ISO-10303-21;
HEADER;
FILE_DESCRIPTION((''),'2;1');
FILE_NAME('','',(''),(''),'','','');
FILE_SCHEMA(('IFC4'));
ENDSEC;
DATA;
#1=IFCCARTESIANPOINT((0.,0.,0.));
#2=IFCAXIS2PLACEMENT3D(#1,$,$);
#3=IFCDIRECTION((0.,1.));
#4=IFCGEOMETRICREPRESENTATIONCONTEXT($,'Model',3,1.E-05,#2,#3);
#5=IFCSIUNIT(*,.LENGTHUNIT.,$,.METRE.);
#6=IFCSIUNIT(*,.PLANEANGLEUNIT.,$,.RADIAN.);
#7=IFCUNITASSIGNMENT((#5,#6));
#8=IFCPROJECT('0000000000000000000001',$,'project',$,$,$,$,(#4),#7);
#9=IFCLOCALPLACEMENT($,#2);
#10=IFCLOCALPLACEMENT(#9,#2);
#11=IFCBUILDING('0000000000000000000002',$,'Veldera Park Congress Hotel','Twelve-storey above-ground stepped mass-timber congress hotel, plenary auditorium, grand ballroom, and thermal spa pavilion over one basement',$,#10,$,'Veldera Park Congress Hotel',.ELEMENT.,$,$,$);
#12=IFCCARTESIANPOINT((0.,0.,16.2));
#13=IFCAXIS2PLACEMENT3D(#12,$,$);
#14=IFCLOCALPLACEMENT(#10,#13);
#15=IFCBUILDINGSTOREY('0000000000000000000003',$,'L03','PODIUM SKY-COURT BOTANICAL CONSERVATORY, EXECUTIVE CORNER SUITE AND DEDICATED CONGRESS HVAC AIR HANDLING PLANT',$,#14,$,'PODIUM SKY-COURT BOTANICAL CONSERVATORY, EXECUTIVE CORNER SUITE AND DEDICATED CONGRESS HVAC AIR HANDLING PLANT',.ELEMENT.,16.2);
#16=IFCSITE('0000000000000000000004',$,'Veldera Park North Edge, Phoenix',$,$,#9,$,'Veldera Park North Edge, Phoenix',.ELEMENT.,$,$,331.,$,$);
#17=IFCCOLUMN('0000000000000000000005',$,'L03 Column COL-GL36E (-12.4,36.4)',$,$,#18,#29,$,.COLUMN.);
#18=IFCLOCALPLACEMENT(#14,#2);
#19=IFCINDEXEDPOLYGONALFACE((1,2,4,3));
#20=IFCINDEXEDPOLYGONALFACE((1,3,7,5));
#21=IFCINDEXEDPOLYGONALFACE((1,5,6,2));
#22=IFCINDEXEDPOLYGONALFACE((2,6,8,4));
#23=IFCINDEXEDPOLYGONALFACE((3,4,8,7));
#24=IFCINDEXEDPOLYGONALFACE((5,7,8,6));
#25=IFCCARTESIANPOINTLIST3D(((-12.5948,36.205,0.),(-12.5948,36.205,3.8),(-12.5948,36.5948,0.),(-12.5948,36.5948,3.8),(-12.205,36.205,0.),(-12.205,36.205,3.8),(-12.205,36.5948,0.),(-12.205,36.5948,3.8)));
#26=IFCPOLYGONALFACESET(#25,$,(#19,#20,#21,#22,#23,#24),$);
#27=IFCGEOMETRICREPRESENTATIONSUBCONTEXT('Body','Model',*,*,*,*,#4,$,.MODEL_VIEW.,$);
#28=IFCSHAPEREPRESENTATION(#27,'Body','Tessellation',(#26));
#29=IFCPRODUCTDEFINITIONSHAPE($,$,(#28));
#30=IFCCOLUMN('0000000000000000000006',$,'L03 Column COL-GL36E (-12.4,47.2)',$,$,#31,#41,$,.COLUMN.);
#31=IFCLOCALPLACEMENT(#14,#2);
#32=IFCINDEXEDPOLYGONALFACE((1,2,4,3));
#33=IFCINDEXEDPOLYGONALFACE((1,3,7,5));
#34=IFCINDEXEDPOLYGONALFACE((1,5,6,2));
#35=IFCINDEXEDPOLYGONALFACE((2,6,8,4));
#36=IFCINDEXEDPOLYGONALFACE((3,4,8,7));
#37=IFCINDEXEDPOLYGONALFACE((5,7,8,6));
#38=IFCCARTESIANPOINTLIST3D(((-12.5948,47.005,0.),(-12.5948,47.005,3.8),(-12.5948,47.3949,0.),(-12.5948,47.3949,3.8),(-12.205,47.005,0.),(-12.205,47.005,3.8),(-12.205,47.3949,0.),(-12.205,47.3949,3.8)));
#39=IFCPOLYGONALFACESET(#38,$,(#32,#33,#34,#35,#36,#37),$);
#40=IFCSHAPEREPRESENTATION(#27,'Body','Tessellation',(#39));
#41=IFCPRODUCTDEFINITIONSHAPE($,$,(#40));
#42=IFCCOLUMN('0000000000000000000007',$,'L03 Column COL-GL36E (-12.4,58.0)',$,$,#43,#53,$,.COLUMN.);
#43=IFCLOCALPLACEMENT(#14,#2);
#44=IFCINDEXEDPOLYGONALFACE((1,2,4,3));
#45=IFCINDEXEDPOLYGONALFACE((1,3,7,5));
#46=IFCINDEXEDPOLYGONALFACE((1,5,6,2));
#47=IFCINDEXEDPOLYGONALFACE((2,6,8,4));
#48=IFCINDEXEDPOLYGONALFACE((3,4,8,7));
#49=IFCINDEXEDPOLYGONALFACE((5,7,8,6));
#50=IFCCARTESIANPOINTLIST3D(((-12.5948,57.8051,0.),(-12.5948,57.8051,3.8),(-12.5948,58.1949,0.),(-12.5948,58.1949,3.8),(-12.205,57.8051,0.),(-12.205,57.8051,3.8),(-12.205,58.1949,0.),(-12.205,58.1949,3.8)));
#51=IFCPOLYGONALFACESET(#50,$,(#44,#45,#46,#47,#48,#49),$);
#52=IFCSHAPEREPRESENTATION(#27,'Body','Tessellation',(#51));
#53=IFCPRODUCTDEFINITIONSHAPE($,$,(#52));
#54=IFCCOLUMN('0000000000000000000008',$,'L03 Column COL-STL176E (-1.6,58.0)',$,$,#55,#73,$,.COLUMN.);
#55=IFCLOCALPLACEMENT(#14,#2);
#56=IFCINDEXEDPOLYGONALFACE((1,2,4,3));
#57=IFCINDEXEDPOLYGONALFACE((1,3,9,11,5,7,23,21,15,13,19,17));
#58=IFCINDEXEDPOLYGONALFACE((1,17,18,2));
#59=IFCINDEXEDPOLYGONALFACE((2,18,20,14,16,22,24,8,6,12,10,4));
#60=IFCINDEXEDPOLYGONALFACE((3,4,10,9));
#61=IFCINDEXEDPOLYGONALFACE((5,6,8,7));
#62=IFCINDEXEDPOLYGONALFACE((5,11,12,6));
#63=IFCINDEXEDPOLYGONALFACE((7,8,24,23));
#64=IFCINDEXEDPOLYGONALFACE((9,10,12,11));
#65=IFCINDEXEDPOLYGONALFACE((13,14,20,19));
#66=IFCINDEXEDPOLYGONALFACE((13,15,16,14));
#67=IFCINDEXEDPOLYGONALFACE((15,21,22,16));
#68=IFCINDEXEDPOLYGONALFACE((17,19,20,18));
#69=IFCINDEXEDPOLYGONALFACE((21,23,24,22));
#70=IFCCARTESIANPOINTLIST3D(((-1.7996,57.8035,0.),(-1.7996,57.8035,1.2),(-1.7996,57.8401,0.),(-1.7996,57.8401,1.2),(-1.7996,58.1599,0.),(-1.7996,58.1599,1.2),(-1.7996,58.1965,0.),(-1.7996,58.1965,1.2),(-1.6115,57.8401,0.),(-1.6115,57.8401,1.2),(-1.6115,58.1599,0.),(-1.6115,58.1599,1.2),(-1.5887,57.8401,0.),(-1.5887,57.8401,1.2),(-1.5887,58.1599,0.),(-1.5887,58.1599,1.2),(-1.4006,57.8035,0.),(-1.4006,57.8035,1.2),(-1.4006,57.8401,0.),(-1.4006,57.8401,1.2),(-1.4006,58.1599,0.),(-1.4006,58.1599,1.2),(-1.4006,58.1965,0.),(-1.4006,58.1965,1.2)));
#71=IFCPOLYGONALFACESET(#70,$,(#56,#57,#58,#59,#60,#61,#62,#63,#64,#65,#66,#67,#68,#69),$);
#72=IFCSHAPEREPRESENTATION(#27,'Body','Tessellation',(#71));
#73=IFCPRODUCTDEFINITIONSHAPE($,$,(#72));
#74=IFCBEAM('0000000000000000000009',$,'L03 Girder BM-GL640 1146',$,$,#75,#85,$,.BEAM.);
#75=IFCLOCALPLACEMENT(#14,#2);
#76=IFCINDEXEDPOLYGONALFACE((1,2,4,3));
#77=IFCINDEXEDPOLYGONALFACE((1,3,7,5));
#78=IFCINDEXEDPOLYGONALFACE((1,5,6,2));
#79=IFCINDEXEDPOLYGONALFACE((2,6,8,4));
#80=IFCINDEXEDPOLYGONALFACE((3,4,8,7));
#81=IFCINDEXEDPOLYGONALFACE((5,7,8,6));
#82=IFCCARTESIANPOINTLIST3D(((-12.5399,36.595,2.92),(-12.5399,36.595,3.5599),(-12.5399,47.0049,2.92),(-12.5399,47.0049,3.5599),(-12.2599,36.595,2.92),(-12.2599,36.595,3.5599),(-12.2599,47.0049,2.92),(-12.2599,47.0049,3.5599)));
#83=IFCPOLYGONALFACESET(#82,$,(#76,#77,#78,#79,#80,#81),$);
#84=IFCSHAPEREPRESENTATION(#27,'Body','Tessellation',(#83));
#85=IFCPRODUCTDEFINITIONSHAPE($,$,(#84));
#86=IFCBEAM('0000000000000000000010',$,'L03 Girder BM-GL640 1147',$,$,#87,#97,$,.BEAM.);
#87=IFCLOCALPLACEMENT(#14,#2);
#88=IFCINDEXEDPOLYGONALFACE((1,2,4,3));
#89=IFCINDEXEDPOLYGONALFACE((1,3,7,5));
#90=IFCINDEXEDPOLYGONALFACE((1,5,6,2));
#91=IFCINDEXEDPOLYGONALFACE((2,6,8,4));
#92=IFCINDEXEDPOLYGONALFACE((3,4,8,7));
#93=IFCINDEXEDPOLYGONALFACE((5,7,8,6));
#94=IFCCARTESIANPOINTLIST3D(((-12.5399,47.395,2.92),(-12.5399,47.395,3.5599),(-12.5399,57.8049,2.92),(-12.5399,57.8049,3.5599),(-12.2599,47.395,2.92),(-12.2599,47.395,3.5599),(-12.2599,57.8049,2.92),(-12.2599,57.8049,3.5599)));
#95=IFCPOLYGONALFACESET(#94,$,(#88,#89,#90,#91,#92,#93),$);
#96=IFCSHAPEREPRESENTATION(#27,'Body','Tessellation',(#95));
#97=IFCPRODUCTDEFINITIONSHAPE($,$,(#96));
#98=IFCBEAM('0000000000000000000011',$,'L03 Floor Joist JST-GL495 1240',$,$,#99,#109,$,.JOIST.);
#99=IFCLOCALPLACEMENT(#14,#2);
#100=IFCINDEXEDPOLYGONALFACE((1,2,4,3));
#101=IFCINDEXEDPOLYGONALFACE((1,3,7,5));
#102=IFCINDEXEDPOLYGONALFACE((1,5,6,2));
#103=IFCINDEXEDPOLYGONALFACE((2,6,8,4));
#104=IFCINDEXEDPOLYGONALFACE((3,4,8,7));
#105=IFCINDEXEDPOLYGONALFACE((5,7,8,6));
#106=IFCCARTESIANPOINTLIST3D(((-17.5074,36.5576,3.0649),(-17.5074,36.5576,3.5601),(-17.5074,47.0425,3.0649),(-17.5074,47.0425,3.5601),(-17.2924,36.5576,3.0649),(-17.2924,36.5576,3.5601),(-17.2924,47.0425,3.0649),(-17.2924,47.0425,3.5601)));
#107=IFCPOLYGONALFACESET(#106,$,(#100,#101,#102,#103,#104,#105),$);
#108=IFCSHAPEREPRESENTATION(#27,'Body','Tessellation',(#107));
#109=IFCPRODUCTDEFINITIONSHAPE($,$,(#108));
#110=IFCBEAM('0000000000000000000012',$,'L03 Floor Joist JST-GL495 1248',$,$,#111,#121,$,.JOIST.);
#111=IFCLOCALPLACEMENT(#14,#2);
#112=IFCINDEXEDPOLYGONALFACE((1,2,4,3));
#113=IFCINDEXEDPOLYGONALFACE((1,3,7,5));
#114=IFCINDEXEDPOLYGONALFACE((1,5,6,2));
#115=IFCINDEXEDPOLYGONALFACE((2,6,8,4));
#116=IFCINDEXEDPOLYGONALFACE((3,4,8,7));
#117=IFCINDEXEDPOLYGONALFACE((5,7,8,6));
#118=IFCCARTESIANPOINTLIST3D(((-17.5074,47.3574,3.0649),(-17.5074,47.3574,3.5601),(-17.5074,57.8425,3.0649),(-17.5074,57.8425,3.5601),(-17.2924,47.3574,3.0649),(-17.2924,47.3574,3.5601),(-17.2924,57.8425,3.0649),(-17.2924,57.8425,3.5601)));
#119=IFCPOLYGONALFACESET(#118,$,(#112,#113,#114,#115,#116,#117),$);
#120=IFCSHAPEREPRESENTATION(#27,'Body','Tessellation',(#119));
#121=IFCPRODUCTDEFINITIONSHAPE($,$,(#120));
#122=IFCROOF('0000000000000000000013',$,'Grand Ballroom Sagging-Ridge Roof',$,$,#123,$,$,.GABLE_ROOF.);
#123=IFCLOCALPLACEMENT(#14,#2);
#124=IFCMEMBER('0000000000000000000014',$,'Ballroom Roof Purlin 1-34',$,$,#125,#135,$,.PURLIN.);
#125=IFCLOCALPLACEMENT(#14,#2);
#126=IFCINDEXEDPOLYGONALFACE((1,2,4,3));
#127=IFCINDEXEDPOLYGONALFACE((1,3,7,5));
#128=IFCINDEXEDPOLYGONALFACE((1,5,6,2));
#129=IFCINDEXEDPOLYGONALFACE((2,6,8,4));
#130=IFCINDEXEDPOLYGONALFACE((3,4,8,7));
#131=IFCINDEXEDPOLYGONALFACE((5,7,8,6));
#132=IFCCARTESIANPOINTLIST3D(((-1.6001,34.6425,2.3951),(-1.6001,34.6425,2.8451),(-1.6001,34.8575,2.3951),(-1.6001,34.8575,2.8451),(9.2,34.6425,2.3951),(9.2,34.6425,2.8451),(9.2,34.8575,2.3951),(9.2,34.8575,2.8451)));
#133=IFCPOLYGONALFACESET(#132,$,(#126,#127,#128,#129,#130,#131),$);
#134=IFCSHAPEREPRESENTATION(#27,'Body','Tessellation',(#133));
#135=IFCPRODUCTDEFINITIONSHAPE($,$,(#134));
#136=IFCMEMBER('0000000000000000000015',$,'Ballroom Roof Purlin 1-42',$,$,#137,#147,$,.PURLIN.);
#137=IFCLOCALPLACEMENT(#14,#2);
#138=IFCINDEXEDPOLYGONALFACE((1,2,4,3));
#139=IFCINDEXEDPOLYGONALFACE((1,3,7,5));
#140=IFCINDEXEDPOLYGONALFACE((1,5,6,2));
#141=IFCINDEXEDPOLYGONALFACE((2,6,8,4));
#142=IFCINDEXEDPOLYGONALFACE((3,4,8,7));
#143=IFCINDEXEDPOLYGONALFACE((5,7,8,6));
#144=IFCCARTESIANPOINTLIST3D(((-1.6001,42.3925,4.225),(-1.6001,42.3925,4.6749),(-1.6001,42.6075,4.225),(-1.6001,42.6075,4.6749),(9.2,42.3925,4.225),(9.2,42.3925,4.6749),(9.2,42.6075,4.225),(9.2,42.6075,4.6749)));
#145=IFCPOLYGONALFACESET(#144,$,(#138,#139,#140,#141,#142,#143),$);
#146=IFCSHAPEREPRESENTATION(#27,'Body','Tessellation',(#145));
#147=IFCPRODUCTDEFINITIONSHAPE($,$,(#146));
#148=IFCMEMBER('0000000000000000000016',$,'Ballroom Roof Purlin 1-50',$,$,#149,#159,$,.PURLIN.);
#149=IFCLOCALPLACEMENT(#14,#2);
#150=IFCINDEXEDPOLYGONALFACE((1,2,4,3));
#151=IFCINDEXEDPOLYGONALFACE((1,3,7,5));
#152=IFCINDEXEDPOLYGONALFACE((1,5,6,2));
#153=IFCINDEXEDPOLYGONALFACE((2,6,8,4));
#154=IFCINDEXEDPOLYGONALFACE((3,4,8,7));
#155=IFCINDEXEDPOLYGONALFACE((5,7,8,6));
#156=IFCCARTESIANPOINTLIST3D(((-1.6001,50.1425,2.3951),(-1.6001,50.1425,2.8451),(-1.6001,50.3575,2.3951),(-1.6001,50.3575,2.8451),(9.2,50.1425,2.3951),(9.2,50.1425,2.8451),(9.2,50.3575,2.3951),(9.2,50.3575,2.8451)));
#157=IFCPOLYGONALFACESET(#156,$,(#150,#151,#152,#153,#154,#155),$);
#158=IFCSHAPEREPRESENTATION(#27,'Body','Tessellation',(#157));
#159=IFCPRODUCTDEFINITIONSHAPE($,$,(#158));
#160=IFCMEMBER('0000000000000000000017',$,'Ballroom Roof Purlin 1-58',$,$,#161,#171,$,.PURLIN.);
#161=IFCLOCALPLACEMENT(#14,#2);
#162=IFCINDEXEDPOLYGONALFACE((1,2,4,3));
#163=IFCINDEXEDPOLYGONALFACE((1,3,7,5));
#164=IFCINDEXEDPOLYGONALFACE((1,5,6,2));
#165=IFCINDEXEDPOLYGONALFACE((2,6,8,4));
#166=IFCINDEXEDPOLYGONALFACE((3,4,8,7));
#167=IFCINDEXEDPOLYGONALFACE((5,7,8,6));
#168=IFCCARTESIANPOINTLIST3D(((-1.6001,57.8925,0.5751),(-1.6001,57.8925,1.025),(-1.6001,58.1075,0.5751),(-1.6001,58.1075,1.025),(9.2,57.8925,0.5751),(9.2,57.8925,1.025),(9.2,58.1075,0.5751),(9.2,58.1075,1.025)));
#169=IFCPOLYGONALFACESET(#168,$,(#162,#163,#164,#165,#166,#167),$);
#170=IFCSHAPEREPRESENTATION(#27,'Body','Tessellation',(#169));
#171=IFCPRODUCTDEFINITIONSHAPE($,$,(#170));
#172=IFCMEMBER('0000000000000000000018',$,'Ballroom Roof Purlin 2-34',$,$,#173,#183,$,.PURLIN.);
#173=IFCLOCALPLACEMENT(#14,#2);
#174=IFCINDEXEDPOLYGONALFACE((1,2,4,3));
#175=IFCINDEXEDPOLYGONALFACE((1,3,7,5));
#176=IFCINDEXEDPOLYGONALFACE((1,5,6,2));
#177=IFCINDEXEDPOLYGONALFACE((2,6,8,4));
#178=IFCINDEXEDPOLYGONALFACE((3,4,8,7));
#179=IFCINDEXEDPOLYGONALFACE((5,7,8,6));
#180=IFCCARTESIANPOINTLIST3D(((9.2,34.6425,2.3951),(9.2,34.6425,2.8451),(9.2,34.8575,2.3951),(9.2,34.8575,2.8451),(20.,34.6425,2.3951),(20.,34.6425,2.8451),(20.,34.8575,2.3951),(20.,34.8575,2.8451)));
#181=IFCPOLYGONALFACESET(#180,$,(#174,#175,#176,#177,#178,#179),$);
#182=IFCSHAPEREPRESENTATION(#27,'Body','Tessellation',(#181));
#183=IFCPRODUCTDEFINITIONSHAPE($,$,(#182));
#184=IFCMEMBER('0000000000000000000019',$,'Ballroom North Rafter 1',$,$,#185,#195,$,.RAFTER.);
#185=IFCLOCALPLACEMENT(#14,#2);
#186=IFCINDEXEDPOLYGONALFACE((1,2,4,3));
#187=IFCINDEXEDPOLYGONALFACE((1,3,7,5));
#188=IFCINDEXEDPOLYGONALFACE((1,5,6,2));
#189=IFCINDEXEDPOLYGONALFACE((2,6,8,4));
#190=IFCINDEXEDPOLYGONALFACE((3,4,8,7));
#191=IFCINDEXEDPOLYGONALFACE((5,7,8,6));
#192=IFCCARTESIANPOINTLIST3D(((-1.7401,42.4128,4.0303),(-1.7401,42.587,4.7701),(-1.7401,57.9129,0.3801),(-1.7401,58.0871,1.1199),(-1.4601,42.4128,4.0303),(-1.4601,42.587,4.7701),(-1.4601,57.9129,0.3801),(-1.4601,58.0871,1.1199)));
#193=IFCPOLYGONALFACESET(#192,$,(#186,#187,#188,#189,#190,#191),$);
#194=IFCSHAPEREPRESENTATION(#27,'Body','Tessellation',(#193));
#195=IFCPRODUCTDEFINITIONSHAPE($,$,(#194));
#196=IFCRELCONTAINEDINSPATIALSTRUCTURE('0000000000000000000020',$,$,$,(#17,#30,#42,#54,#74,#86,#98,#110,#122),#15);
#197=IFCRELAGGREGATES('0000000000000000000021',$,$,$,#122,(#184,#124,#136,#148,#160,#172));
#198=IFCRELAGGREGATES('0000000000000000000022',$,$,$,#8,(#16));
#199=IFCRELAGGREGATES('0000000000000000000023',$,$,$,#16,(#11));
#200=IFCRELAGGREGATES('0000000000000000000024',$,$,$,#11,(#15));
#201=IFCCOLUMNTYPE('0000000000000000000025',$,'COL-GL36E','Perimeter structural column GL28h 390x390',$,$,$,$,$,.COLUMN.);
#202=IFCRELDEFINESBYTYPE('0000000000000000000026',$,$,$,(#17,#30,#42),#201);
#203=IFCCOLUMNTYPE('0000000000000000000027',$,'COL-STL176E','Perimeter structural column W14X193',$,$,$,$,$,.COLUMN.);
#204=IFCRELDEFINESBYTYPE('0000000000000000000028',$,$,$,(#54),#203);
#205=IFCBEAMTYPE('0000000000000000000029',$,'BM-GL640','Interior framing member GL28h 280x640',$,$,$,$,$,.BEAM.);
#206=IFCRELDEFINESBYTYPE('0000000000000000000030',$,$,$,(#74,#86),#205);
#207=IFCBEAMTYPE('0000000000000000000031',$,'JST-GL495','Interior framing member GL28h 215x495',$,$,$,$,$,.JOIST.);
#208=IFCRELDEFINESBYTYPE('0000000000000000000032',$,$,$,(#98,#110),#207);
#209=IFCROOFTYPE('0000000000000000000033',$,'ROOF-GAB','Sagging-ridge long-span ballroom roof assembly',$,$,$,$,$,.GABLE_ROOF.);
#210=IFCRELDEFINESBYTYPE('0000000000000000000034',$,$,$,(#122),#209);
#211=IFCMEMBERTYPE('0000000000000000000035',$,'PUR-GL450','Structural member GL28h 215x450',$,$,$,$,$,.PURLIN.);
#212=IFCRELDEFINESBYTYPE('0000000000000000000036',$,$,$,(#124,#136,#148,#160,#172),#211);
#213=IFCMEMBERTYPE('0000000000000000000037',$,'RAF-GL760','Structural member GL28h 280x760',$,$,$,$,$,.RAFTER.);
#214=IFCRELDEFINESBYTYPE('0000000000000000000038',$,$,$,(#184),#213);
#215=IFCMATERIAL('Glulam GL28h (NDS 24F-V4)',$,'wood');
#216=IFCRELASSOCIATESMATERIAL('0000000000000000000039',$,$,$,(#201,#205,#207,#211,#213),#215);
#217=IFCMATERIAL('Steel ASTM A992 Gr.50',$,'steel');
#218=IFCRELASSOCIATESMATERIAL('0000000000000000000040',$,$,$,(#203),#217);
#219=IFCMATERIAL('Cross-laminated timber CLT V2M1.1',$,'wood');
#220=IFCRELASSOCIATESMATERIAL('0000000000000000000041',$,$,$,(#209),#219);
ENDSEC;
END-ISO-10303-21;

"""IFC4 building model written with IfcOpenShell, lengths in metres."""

from ifc_helpers import new_model, si_unit, direction, frame, origin, origin_2d, place, context, subcontext, project, spatial, rectangle, i_section, extrude, material, material_profile, profile_set, type_object, element, aggregate, save


model = new_model("IFC4")

# Units and contexts
model_context = context("Model", 3, precision=1e-05, world=origin(), true_north=direction((0.0, 1.0)))
body_context = subcontext(model_context, "Body", "Model", "MODEL_VIEW")
ifc_project = project(units=[si_unit("LENGTHUNIT", "METRE"), si_unit("PLANEANGLEUNIT", "RADIAN")], contexts=[model_context])

# Site, building, storey
site_placement = place(None, origin())
site = spatial("IfcSite", under=ifc_project, at=site_placement, Name="Veldera Park North Edge, Phoenix", LongName="Veldera Park North Edge, Phoenix", CompositionType="ELEMENT", RefElevation=331.0)
building_placement = place(site_placement, origin())
building = spatial("IfcBuilding", under=site, at=building_placement, Name="Veldera Park Congress Hotel", Description="Twelve-storey above-ground stepped mass-timber congress hotel, plenary auditorium, grand ballroom, and thermal spa pavilion over one basement", LongName="Veldera Park Congress Hotel", CompositionType="ELEMENT")
storey_placement = place(building_placement, frame((0.0, 0.0, 16.2)))
storey = spatial("IfcBuildingStorey", under=building, at=storey_placement, Name="L03", Description="PODIUM SKY-COURT BOTANICAL CONSERVATORY, EXECUTIVE CORNER SUITE AND DEDICATED CONGRESS HVAC AIR HANDLING PLANT", LongName="PODIUM SKY-COURT BOTANICAL CONSERVATORY, EXECUTIVE CORNER SUITE AND DEDICATED CONGRESS HVAC AIR HANDLING PLANT", CompositionType="ELEMENT", Elevation=16.2)

# Columns
ifc_material_1 = material(Name="Glulam GL28h (NDS 24F-V4)", Category="wood")
ifc_material_profile_1 = material_profile(ifc_material_1, rectangle(XDim=0.3899, YDim=0.3899, at=origin_2d()), Name="GL28h 390x390")
ifc_profile_set_1 = profile_set([ifc_material_profile_1], Name="Glulam GL28h (NDS 24F-V4)")
column_type_1 = type_object("IfcColumnType", Name="COL-GL36E", Description="Perimeter structural column GL28h 390x390", PredefinedType="COLUMN", material=ifc_profile_set_1)
for number, where, z_axis, x_axis, name in (
    (1, (-12.3999, 36.3999, 0.0), (0.0, 0.0, 1.0), (1.0, 0.0, 0.0), "L03 Column COL-GL36E (-12.4,36.4)"),
    (2, (-12.3999, 47.2, 0.0), (0.0, 0.0, 1.0), (1.0, 0.0, 0.0), "L03 Column COL-GL36E (-12.4,47.2)"),
    (3, (-12.3999, 58.0, 0.0), (0.0, 0.0, 1.0), (1.0, 0.0, 0.0), "L03 Column COL-GL36E (-12.4,58.0)"),
):
    element("IfcColumn", number, at=place(storey_placement, frame(where, z_axis=z_axis, x_axis=x_axis)), inside=storey, type_object=column_type_1, Name=name, PredefinedType="COLUMN", context=body_context, shape_type="SweptSolid", body=[
        extrude(rectangle(XDim=0.3899, YDim=0.3899, at=origin_2d()), origin(), (0.0, 0.0, 1.0), 3.8),
    ])
ifc_material_2 = material(Name="Steel ASTM A992 Gr.50", Category="steel")
ifc_material_profile_2 = material_profile(ifc_material_2, i_section(OverallWidth=0.3989, OverallDepth=0.3931, WebThickness=0.0227, FlangeThickness=0.0366, at=origin_2d()), Name="W14X193")
ifc_profile_set_2 = profile_set([ifc_material_profile_2], Name="Steel ASTM A992 Gr.50")
column_type_2 = type_object("IfcColumnType", Name="COL-STL176E", Description="Perimeter structural column W14X193", PredefinedType="COLUMN", material=ifc_profile_set_2)
column_placement = place(storey_placement, frame((-1.6001, 58.0, 0.0), z_axis=(0.0, 0.0, 1.0), x_axis=(1.0, 0.0, 0.0)))
element("IfcColumn", 4, at=column_placement, inside=storey, type_object=column_type_2, Name="L03 Column COL-STL176E (-1.6,58.0)", PredefinedType="COLUMN", context=body_context, shape_type="SweptSolid", body=[
    extrude(i_section(OverallWidth=0.3989, OverallDepth=0.3931, WebThickness=0.0227, FlangeThickness=0.0366, at=origin_2d()), origin(), (0.0, 0.0, 1.0), 1.2),
])

# Beams
ifc_material_profile_3 = material_profile(ifc_material_1, rectangle(XDim=0.28, YDim=0.6399, at=origin_2d()), Name="GL28h 280x640")
ifc_profile_set_3 = profile_set([ifc_material_profile_3], Name="Glulam GL28h (NDS 24F-V4)")
beam_type_1 = type_object("IfcBeamType", Name="BM-GL640", Description="Interior framing member GL28h 280x640", PredefinedType="BEAM", material=ifc_profile_set_3)
for number, where, z_axis, x_axis, name in (
    (5, (-12.3999, 36.595, 3.24), (0.0, 1.0, 0.0), (-1.0, 0.0, 0.0), "L03 Girder BM-GL640 1146"),
    (6, (-12.3999, 47.395, 3.24), (0.0, 1.0, 0.0), (-1.0, 0.0, 0.0), "L03 Girder BM-GL640 1147"),
):
    element("IfcBeam", number, at=place(storey_placement, frame(where, z_axis=z_axis, x_axis=x_axis)), inside=storey, type_object=beam_type_1, Name=name, PredefinedType="BEAM", context=body_context, shape_type="SweptSolid", body=[
        extrude(rectangle(XDim=0.28, YDim=0.6399, at=origin_2d()), origin(), (0.0, 0.0, 1.0), 10.4099),
    ])
ifc_material_profile_4 = material_profile(ifc_material_1, rectangle(XDim=0.2151, YDim=0.4951, at=origin_2d()), Name="GL28h 215x495")
ifc_profile_set_4 = profile_set([ifc_material_profile_4], Name="Glulam GL28h (NDS 24F-V4)")
beam_type_2 = type_object("IfcBeamType", Name="JST-GL495", Description="Interior framing member GL28h 215x495", PredefinedType="JOIST", material=ifc_profile_set_4)
beam_1_placement = place(storey_placement, frame((-17.3999, 36.5576, 3.3125), z_axis=(0.0, 1.0, 0.0), x_axis=(-1.0, 0.0, 0.0)))
element("IfcBeam", 7, at=beam_1_placement, inside=storey, type_object=beam_type_2, Name="L03 Floor Joist JST-GL495 1240", PredefinedType="JOIST", context=body_context, shape_type="SweptSolid", body=[
    extrude(rectangle(XDim=0.2151, YDim=0.4951, at=origin_2d()), origin(), (0.0, 0.0, 1.0), 10.4849),
])
beam_2_placement = place(storey_placement, frame((-17.3999, 47.3574, 3.3125), z_axis=(0.0, 1.0, 0.0), x_axis=(-1.0, 0.0, 0.0)))
element("IfcBeam", 8, at=beam_2_placement, inside=storey, type_object=beam_type_2, Name="L03 Floor Joist JST-GL495 1248", PredefinedType="JOIST", context=body_context, shape_type="SweptSolid", body=[
    extrude(rectangle(XDim=0.2151, YDim=0.4951, at=origin_2d()), origin(), (0.0, 0.0, 1.0), 10.4851),
])

# Roof, members
ifc_material_3 = material(Name="Cross-laminated timber CLT V2M1.1", Category="wood")
roof_type = type_object("IfcRoofType", Name="ROOF-GAB", Description="Sagging-ridge long-span ballroom roof assembly", PredefinedType="GABLE_ROOF", material=ifc_material_3)
roof_placement = place(storey_placement, origin())
roof = element("IfcRoof", 9, at=roof_placement, inside=storey, type_object=roof_type, Name="Grand Ballroom Sagging-Ridge Roof", PredefinedType="GABLE_ROOF")
ifc_material_profile_5 = material_profile(ifc_material_1, rectangle(XDim=0.2151, YDim=0.45, at=origin_2d()), Name="GL28h 215x450")
ifc_profile_set_5 = profile_set([ifc_material_profile_5], Name="Glulam GL28h (NDS 24F-V4)")
member_type_1 = type_object("IfcMemberType", Name="PUR-GL450", Description="Structural member GL28h 215x450", PredefinedType="PURLIN", material=ifc_profile_set_5)
member_1_placement = place(storey_placement, frame((-1.6001, 34.75, 2.6201), z_axis=(1.0, 0.0, 0.0), x_axis=(0.0, 1.0, 0.0)))
member_1 = element("IfcMember", 10, at=member_1_placement, type_object=member_type_1, Name="Ballroom Roof Purlin 1-34", PredefinedType="PURLIN", context=body_context, shape_type="SweptSolid", body=[
    extrude(rectangle(XDim=0.2151, YDim=0.45, at=origin_2d()), origin(), (0.0, 0.0, 1.0), 10.8),
])
member_2_placement = place(storey_placement, frame((-1.6001, 42.5, 4.45), z_axis=(1.0, 0.0, 0.0), x_axis=(0.0, 1.0, 0.0)))
member_2 = element("IfcMember", 11, at=member_2_placement, type_object=member_type_1, Name="Ballroom Roof Purlin 1-42", PredefinedType="PURLIN", context=body_context, shape_type="SweptSolid", body=[
    extrude(rectangle(XDim=0.2151, YDim=0.45, at=origin_2d()), origin(), (0.0, 0.0, 1.0), 10.8),
])
member_3_placement = place(storey_placement, frame((-1.6001, 50.25, 2.6201), z_axis=(1.0, 0.0, 0.0), x_axis=(0.0, 1.0, 0.0)))
member_3 = element("IfcMember", 12, at=member_3_placement, type_object=member_type_1, Name="Ballroom Roof Purlin 1-50", PredefinedType="PURLIN", context=body_context, shape_type="SweptSolid", body=[
    extrude(rectangle(XDim=0.2151, YDim=0.45, at=origin_2d()), origin(), (0.0, 0.0, 1.0), 10.8),
])
member_4_placement = place(storey_placement, frame((-1.6001, 58.0, 0.8), z_axis=(1.0, 0.0, 0.0), x_axis=(0.0, 1.0, 0.0)))
member_4 = element("IfcMember", 13, at=member_4_placement, type_object=member_type_1, Name="Ballroom Roof Purlin 1-58", PredefinedType="PURLIN", context=body_context, shape_type="SweptSolid", body=[
    extrude(rectangle(XDim=0.2151, YDim=0.45, at=origin_2d()), origin(), (0.0, 0.0, 1.0), 10.8),
])
member_5_placement = place(storey_placement, frame((9.2, 34.75, 2.6201), z_axis=(1.0, 0.0, 0.0), x_axis=(0.0, 1.0, 0.0)))
member_5 = element("IfcMember", 14, at=member_5_placement, type_object=member_type_1, Name="Ballroom Roof Purlin 2-34", PredefinedType="PURLIN", context=body_context, shape_type="SweptSolid", body=[
    extrude(rectangle(XDim=0.2151, YDim=0.45, at=origin_2d()), origin(), (0.0, 0.0, 1.0), 10.8),
])
ifc_material_profile_6 = material_profile(ifc_material_1, rectangle(XDim=0.28, YDim=0.76, at=origin_2d()), Name="GL28h 280x760")
ifc_profile_set_6 = profile_set([ifc_material_profile_6], Name="Glulam GL28h (NDS 24F-V4)")
member_type_2 = type_object("IfcMemberType", Name="RAF-GL760", Description="Structural member GL28h 280x760", PredefinedType="RAFTER", material=ifc_profile_set_6)
member_6_placement = place(storey_placement, frame((-1.6001, 58.0, 0.75), z_axis=(0.0, -0.973374, 0.229223), x_axis=(1.0, 0.0, 0.0)))
member_6 = element("IfcMember", 15, at=member_6_placement, type_object=member_type_2, Name="Ballroom North Rafter 1", PredefinedType="RAFTER", context=body_context, shape_type="SweptSolid", body=[
    extrude(rectangle(XDim=0.28, YDim=0.76, at=origin_2d()), origin(), (0.0, 0.0, 1.0), 15.9241),
])
aggregate(roof, [member_6, member_1, member_2, member_3, member_4, member_5])

save(model, "model.ifc")
